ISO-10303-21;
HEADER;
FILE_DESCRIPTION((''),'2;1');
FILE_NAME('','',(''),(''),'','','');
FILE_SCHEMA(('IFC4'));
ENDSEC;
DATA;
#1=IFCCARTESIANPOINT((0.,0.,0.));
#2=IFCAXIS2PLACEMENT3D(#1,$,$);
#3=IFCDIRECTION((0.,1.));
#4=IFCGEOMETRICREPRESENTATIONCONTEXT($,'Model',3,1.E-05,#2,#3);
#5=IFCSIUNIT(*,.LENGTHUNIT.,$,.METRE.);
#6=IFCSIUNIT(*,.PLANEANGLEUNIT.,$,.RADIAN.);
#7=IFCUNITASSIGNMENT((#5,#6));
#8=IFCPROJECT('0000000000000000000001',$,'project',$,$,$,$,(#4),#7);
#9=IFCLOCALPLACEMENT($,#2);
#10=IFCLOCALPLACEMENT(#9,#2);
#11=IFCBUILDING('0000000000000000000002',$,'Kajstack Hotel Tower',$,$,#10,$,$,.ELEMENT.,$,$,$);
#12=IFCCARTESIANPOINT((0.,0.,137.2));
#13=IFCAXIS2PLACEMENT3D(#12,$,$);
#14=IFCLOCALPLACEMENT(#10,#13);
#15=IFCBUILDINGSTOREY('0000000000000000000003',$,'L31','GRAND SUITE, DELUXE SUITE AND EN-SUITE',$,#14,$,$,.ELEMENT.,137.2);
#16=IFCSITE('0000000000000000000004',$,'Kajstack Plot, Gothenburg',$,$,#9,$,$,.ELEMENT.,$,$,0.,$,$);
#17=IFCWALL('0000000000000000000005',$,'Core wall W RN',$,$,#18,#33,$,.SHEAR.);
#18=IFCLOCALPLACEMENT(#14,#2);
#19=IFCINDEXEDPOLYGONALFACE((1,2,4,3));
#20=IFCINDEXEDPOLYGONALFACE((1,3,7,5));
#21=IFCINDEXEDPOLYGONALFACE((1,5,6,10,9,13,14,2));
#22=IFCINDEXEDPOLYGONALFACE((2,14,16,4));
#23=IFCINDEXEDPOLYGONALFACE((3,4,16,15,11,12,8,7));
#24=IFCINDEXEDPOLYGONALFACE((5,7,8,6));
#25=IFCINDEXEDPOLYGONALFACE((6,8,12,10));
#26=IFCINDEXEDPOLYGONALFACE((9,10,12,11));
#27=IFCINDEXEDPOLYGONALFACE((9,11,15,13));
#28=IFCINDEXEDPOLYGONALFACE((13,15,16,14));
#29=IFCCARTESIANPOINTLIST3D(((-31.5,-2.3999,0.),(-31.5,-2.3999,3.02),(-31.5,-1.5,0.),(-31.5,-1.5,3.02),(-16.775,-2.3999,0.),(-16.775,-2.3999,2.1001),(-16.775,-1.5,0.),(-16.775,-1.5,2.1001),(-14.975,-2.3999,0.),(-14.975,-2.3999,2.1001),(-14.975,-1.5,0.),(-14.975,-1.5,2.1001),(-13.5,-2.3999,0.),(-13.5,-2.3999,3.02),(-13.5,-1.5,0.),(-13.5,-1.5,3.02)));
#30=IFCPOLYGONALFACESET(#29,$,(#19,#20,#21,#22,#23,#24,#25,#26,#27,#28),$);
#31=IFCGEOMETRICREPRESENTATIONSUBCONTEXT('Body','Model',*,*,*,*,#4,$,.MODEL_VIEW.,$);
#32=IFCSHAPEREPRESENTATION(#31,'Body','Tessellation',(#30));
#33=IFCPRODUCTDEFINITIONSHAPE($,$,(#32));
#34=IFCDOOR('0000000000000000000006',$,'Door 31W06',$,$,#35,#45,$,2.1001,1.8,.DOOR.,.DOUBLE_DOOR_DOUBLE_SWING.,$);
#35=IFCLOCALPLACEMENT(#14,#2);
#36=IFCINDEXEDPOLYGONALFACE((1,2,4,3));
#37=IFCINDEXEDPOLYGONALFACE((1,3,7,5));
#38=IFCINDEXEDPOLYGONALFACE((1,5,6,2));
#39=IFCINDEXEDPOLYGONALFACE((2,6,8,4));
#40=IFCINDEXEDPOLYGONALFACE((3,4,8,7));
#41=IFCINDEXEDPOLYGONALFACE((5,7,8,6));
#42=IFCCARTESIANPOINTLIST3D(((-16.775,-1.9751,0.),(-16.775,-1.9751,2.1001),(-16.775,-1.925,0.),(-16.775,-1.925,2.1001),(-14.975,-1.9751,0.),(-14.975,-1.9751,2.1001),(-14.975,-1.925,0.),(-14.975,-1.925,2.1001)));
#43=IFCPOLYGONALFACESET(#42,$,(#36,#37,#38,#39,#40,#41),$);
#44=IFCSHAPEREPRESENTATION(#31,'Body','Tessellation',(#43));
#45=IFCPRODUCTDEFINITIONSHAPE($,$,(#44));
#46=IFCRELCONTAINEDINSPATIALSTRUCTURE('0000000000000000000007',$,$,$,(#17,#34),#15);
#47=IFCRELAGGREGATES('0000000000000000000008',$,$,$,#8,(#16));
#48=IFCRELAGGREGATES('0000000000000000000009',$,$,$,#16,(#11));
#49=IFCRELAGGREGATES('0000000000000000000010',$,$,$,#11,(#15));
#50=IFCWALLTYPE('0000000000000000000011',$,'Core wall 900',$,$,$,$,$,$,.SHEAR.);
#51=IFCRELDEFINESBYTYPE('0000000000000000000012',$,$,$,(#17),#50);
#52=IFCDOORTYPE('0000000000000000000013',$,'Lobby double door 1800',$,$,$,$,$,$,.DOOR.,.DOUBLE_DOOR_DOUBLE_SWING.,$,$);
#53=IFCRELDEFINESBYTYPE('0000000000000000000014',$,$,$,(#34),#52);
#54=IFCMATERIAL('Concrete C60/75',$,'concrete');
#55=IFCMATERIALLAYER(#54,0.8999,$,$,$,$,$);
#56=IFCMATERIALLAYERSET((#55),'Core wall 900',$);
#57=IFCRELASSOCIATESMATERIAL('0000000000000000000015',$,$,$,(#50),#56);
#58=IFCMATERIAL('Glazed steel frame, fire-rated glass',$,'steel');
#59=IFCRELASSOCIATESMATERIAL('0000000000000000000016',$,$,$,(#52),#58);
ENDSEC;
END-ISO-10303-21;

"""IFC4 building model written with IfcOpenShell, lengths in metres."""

from ifc_helpers import new_model, si_unit, direction, frame, frame_2d, origin, place, context, subcontext, project, spatial, rectangle, extrude, material, layer, layer_set, type_object, element, fill, save


model = new_model("IFC4")

# Units and contexts
model_context = context("Model", 3, precision=1e-05, world=origin(), true_north=direction((0.0, 1.0)))
body_context = subcontext(model_context, "Body", "Model", "MODEL_VIEW")
ifc_project = project(units=[si_unit("LENGTHUNIT", "METRE"), si_unit("PLANEANGLEUNIT", "RADIAN")], contexts=[model_context])

# Site, building, storey
site_placement = place(None, origin())
site = spatial("IfcSite", under=ifc_project, at=site_placement, Name="Kajstack Plot, Gothenburg", CompositionType="ELEMENT", RefElevation=0.0)
building_placement = place(site_placement, origin())
building = spatial("IfcBuilding", under=site, at=building_placement, Name="Kajstack Hotel Tower", CompositionType="ELEMENT")
storey_placement = place(building_placement, frame((0.0, 0.0, 137.2)))
storey = spatial("IfcBuildingStorey", under=building, at=storey_placement, Name="L31", Description="GRAND SUITE, DELUXE SUITE AND EN-SUITE", CompositionType="ELEMENT", Elevation=137.2)

# Wall, opening, door
ifc_material_1 = material(Name="Concrete C60/75", Category="concrete")
ifc_layer_1 = layer(ifc_material_1, 0.8999)
ifc_layer_set_1 = layer_set([ifc_layer_1], Name="Core wall 900")
wall_type_1 = type_object("IfcWallType", Name="Core wall 900", PredefinedType="SHEAR", material=ifc_layer_set_1)
wall_1_placement = place(storey_placement, frame((-31.5, -1.95, 0.0), z_axis=(0.0, 0.0, 1.0), x_axis=(1.0, 0.0, 0.0)))
wall_1 = element("IfcWall", 1, at=wall_1_placement, inside=storey, type_object=wall_type_1, Name="Core wall W RN", PredefinedType="SHEAR", context=body_context, shape_type="SweptSolid", body=[
    extrude(rectangle(XDim=18.0, YDim=0.8999, at=frame_2d((9.0, 0.0))), origin(), (0.0, 0.0, 1.0), 3.02),
])
opening_1_placement = place(wall_1_placement, frame((14.7251, 0.0, 0.0)))
opening_1 = element("IfcOpeningElement", 2, at=opening_1_placement, cuts=wall_1, PredefinedType="OPENING", context=body_context, shape_type="SweptSolid", body=[
    extrude(rectangle(XDim=1.8, YDim=2.1001, at=frame_2d((0.8999, 1.05))), frame((0.0, 0.46, 0.0), z_axis=(0.0, -1.0, 0.0), x_axis=(1.0, 0.0, 0.0)), (0.0, 0.0, 1.0), 0.9199),
])
ifc_material_2 = material(Name="Glazed steel frame, fire-rated glass", Category="steel")
door_type_1 = type_object("IfcDoorType", Name="Lobby double door 1800", OperationType="DOUBLE_DOOR_DOUBLE_SWING", PredefinedType="DOOR", material=ifc_material_2)
door_1_placement = place(opening_1_placement, origin())
door_1 = element("IfcDoor", 3, at=door_1_placement, inside=storey, type_object=door_type_1, Name="Door 31W06", OperationType="DOUBLE_DOOR_DOUBLE_SWING", OverallHeight=2.1001, OverallWidth=1.8, PredefinedType="DOOR", context=body_context, shape_type="SweptSolid", body=[
    extrude(rectangle(XDim=1.8, YDim=2.1001, at=frame_2d((0.8999, 1.05))), frame((0.0, 0.0249, 0.0), z_axis=(0.0, -1.0, 0.0), x_axis=(1.0, 0.0, 0.0)), (0.0, 0.0, 1.0), 0.05),
])
fill(opening_1, door_1)

save(model, "model.ifc")
